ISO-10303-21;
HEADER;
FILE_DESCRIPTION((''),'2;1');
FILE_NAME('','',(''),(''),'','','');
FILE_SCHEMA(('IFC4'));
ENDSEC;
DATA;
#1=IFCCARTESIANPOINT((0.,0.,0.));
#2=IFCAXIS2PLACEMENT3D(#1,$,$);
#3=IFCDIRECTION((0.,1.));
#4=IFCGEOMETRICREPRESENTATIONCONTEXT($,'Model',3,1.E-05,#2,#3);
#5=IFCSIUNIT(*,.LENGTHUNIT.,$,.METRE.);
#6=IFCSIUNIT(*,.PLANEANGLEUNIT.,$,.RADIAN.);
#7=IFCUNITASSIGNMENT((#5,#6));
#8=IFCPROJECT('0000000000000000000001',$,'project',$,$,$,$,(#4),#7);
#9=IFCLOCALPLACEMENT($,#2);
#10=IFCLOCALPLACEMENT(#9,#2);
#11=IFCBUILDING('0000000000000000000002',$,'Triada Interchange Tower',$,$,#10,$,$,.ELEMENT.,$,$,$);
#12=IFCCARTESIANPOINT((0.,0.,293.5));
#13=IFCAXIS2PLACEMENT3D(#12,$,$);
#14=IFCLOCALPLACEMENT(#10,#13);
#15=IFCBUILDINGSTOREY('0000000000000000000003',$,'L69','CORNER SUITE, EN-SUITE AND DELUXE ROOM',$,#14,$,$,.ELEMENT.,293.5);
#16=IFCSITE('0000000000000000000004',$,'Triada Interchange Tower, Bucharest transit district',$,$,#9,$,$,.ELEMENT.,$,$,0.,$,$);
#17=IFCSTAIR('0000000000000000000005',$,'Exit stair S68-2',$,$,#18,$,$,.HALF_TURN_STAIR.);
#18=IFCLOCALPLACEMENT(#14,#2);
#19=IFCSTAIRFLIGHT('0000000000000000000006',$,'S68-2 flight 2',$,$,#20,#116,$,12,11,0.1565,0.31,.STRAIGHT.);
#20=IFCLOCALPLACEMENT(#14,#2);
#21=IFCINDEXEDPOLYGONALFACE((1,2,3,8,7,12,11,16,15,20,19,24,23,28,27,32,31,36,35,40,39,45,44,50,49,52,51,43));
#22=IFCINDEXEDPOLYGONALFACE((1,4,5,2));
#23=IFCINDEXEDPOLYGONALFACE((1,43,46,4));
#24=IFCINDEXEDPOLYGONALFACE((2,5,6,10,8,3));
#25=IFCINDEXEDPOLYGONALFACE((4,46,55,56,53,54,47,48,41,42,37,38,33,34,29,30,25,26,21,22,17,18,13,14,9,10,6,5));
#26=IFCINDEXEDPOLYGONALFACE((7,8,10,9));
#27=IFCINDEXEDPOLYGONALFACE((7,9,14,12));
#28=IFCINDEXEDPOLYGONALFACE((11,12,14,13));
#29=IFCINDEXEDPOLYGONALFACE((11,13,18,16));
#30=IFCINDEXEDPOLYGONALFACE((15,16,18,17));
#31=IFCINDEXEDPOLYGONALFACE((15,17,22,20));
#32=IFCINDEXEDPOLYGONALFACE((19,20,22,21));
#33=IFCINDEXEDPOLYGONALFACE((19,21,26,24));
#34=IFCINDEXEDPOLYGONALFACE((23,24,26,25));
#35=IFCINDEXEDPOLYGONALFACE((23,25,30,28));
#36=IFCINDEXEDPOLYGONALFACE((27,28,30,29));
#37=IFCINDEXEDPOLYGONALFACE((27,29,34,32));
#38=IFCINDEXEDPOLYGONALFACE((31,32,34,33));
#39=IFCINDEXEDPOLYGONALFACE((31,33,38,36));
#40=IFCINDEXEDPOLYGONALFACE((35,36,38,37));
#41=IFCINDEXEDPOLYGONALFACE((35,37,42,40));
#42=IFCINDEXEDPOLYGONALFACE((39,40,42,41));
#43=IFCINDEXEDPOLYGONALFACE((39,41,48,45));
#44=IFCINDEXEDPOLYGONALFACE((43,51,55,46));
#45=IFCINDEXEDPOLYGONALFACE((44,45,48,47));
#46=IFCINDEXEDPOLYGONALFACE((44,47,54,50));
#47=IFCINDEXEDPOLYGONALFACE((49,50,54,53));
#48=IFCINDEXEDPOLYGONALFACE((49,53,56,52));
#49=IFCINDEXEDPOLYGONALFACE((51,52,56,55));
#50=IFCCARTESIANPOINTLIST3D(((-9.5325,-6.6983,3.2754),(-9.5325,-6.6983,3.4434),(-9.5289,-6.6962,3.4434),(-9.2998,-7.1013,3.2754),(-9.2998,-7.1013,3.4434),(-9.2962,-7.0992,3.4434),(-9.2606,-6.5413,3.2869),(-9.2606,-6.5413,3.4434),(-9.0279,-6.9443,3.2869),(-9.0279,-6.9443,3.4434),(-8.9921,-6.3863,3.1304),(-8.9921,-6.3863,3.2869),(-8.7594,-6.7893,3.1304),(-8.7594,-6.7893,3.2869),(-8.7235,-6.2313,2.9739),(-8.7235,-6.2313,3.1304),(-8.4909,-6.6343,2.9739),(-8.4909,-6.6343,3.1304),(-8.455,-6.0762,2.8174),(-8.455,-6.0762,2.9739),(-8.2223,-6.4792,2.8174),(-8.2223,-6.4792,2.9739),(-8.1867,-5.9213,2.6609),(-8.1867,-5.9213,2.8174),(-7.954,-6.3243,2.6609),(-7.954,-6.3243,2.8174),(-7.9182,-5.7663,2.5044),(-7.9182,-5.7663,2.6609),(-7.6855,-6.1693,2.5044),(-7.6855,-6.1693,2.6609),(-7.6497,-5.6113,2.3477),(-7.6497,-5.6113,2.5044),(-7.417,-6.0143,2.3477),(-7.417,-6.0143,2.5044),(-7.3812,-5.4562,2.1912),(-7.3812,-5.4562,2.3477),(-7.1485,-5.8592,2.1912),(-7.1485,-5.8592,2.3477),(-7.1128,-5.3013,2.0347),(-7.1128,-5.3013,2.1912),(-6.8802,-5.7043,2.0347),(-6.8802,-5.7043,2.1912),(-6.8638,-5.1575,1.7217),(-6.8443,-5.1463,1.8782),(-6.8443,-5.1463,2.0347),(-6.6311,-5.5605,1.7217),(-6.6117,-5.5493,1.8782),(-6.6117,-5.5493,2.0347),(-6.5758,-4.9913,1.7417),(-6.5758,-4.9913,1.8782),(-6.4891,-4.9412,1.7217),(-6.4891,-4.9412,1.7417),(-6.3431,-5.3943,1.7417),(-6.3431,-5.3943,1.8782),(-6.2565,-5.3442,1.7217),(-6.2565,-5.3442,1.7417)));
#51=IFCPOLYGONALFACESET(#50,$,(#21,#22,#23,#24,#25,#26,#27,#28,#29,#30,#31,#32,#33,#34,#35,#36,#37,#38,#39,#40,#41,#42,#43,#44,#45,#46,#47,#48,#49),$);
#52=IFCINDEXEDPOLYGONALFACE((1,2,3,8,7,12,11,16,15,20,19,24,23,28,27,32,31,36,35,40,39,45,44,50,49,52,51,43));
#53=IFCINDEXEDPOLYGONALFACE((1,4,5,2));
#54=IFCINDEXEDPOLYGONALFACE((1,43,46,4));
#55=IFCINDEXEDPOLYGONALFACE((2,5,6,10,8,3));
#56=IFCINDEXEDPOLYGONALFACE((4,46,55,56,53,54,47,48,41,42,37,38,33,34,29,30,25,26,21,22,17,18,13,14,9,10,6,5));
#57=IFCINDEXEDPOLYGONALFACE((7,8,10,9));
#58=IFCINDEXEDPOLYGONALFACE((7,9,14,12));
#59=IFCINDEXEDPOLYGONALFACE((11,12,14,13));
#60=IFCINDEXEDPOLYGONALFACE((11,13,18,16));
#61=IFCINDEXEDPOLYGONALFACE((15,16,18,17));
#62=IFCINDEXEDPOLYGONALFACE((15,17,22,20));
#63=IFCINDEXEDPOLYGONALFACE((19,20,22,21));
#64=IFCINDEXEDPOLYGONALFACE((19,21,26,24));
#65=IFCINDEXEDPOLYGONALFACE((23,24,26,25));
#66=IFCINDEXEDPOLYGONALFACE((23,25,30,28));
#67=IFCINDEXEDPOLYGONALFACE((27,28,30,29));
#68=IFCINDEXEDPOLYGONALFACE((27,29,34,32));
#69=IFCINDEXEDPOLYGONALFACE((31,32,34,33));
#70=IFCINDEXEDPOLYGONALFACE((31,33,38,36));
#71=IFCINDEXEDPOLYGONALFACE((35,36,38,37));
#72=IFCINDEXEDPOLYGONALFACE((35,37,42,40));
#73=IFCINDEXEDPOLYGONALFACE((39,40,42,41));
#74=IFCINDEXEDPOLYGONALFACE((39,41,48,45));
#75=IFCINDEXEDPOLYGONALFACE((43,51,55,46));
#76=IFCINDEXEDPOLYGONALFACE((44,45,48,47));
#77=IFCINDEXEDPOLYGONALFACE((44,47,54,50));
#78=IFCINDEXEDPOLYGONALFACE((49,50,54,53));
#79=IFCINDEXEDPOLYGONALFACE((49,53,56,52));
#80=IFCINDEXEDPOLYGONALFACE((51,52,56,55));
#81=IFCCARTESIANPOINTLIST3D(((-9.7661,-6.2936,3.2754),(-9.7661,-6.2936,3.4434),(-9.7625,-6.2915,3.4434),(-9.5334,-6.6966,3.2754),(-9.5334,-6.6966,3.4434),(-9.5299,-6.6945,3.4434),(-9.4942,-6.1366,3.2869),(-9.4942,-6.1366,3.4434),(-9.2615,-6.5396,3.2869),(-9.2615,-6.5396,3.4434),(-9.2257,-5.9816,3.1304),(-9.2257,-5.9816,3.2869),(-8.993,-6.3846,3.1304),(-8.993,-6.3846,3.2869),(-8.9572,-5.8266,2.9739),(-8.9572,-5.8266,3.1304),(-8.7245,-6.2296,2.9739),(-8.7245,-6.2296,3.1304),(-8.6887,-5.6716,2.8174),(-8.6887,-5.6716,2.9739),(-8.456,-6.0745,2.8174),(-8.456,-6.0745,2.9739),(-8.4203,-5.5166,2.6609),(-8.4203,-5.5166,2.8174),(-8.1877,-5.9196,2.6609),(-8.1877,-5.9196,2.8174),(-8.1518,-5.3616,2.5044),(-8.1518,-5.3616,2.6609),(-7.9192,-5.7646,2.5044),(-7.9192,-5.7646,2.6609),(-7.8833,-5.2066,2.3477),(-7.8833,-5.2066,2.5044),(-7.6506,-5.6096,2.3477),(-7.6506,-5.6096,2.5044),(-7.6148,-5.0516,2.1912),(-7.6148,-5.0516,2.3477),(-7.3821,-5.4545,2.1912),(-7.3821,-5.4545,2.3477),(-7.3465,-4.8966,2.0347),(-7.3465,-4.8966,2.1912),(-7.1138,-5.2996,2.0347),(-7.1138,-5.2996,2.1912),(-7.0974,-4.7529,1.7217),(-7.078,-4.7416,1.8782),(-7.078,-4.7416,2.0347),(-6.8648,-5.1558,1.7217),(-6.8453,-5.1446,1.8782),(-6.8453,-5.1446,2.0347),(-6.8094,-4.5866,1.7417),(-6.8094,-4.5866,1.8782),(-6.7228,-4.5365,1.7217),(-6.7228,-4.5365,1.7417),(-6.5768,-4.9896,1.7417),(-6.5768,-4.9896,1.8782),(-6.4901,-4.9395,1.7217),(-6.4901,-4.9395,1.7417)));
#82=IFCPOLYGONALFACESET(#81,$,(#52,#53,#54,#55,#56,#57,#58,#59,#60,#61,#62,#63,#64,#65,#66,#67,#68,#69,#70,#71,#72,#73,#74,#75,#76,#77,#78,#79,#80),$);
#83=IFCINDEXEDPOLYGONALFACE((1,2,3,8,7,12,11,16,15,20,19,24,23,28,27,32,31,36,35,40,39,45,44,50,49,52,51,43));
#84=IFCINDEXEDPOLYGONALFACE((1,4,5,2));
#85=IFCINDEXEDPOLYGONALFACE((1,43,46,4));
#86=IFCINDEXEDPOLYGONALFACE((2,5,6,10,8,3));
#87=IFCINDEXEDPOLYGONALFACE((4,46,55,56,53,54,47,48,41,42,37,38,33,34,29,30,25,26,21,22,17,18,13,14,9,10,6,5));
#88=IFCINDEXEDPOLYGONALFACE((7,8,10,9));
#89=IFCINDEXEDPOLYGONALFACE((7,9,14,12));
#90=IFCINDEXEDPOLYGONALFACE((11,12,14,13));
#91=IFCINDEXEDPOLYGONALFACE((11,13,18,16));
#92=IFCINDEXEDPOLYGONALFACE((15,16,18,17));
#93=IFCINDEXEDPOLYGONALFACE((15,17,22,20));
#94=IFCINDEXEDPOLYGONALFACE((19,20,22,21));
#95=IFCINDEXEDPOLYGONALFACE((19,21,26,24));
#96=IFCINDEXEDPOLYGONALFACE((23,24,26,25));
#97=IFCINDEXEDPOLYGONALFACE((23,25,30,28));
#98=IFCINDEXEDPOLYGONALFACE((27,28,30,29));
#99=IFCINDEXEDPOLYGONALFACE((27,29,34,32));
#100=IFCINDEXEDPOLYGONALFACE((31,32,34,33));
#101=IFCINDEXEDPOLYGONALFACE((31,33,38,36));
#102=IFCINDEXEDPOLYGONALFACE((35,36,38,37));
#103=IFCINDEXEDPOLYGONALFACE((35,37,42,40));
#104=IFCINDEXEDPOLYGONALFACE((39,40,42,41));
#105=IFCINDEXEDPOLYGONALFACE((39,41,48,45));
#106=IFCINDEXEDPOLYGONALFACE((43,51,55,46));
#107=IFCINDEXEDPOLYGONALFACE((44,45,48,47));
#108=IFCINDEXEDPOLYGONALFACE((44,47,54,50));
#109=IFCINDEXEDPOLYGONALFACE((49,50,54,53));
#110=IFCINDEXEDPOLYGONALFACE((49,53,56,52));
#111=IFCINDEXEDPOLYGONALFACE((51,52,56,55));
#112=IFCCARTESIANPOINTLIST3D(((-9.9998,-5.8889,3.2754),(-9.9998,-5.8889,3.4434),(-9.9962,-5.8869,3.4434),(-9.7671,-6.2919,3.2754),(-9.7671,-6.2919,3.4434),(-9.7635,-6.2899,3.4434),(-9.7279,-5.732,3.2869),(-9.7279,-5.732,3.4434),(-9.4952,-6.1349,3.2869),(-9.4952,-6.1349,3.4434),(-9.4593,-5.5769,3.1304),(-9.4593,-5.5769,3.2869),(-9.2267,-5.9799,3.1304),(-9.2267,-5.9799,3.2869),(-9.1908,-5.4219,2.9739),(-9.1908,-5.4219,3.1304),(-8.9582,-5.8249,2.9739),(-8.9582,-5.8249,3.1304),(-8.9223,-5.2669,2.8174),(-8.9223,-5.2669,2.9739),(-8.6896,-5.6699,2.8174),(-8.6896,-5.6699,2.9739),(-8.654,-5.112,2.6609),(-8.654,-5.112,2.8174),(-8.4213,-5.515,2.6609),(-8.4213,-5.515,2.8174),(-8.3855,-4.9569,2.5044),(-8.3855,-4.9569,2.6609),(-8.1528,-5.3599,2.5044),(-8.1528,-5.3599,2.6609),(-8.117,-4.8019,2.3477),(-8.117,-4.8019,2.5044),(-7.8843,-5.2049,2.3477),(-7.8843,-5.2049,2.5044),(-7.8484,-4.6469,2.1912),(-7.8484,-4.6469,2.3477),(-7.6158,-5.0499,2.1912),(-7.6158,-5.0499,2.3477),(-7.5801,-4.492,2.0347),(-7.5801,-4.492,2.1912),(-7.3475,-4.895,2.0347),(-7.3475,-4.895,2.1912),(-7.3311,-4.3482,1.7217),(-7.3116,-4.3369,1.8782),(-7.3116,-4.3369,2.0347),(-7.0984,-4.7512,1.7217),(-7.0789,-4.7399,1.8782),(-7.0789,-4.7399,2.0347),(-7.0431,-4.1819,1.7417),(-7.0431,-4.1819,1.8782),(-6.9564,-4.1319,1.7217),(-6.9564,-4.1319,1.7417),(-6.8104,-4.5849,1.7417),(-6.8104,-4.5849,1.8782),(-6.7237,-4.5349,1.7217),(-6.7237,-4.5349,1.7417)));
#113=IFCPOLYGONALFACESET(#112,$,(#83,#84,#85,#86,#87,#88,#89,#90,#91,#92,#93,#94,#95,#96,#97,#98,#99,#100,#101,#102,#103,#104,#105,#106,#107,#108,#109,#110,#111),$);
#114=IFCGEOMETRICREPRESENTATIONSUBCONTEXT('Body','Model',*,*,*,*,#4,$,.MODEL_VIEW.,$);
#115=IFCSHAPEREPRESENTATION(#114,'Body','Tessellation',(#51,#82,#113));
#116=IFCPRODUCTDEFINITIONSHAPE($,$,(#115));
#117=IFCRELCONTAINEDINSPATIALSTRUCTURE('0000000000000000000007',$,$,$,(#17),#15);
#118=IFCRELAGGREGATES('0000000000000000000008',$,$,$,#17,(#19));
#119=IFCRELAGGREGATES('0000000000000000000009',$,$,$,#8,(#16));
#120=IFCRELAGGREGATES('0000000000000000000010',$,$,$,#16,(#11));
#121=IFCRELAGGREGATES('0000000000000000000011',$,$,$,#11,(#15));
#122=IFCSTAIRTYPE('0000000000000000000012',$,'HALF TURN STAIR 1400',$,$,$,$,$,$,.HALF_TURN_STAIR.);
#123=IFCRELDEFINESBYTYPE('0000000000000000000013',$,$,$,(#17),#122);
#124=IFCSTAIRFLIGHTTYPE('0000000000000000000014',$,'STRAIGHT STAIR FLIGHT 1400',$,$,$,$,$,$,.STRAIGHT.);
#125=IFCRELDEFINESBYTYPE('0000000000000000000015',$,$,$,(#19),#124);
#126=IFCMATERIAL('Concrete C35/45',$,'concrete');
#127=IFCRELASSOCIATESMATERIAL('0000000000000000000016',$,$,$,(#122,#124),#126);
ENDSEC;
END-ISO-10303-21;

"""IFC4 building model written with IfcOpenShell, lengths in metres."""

from ifc_helpers import new_model, si_unit, direction, frame, origin, place, context, subcontext, project, spatial, polyline, outline, extrude, material, type_object, element, aggregate, save


model = new_model("IFC4")

# Units and contexts
model_context = context("Model", 3, precision=1e-05, world=origin(), true_north=direction((0.0, 1.0)))
body_context = subcontext(model_context, "Body", "Model", "MODEL_VIEW")
ifc_project = project(units=[si_unit("LENGTHUNIT", "METRE"), si_unit("PLANEANGLEUNIT", "RADIAN")], contexts=[model_context])

# Site, building, storey
site_placement = place(None, origin())
site = spatial("IfcSite", under=ifc_project, at=site_placement, Name="Triada Interchange Tower, Bucharest transit district", CompositionType="ELEMENT", RefElevation=0.0)
building_placement = place(site_placement, origin())
building = spatial("IfcBuilding", under=site, at=building_placement, Name="Triada Interchange Tower", CompositionType="ELEMENT")
storey_placement = place(building_placement, frame((0.0, 0.0, 293.5)))
storey = spatial("IfcBuildingStorey", under=building, at=storey_placement, Name="L69", Description="CORNER SUITE, EN-SUITE AND DELUXE ROOM", CompositionType="ELEMENT", Elevation=293.5)

# Stair, stair flight
ifc_material_1 = material(Name="Concrete C35/45", Category="concrete")
stair_type = type_object("IfcStairType", Name="HALF TURN STAIR 1400", PredefinedType="HALF_TURN_STAIR", material=ifc_material_1)
stair_placement = place(storey_placement, origin())
stair = element("IfcStair", 1, at=stair_placement, inside=storey, type_object=stair_type, Name="Exit stair S68-2", PredefinedType="HALF_TURN_STAIR")
stair_flight_type = type_object("IfcStairFlightType", Name="STRAIGHT STAIR FLIGHT 1400", PredefinedType="STRAIGHT", material=ifc_material_1)
stair_flight_1_placement = place(storey_placement, frame((-6.6931, -4.7881, 1.7217), z_axis=(0.0, 0.0, 1.0), x_axis=(-0.866025, -0.5, 0.0)))
stair_flight_1 = element("IfcStairFlight", 2, at=stair_flight_1_placement, type_object=stair_flight_type, Name="S68-2 flight 2", NumberOfRisers=12, NumberOfTreads=11, PredefinedType="STRAIGHT", RiserHeight=0.1565, TreadLength=0.31, context=body_context, shape_type="SweptSolid", body=[
    extrude(outline(polyline([(-0.1001, 0.0), (-0.1001, 0.02), (0.0, 0.02), (0.0, 0.1565), (0.3101, 0.1565), (0.3101, 0.313), (0.6201, 0.313), (0.6201, 0.4695), (0.9299, 0.4695), (0.9299, 0.626), (1.24, 0.626), (1.24, 0.7827), (1.55, 0.7827), (1.55, 0.9392), (1.8601, 0.9392), (1.8601, 1.0957), (2.1699, 1.0957), (2.1699, 1.2522), (2.48, 1.2522), (2.48, 1.4087), (2.79, 1.4087), (2.79, 1.5652), (3.1001, 1.5652), (3.1001, 1.7217), (3.4099, 1.7217), (3.4141, 1.7217), (3.4141, 1.8782), (3.4141, 1.5537), (0.3325, 0.0), (-0.1001, 0.0)])), frame((0.0, 0.7, 0.0), z_axis=(0.0, -1.0, 0.0), x_axis=(1.0, 0.0, 0.0)), (0.0, 0.0, 1.0), 0.4653),
    extrude(outline(polyline([(-0.1001, 0.0), (-0.1001, 0.02), (0.0, 0.02), (0.0, 0.1565), (0.3101, 0.1565), (0.3101, 0.313), (0.6201, 0.313), (0.6201, 0.4695), (0.9299, 0.4695), (0.9299, 0.626), (1.24, 0.626), (1.24, 0.7827), (1.55, 0.7827), (1.55, 0.9392), (1.8601, 0.9392), (1.8601, 1.0957), (2.1699, 1.0957), (2.1699, 1.2522), (2.48, 1.2522), (2.48, 1.4087), (2.79, 1.4087), (2.79, 1.5652), (3.1001, 1.5652), (3.1001, 1.7217), (3.4099, 1.7217), (3.4141, 1.7217), (3.4141, 1.8782), (3.4141, 1.5537), (0.3325, 0.0), (-0.1001, 0.0)])), frame((0.0, 0.2327, 0.0), z_axis=(0.0, -1.0, 0.0), x_axis=(1.0, 0.0, 0.0)), (0.0, 0.0, 1.0), 0.4653),
    extrude(outline(polyline([(-0.1001, 0.0), (-0.1001, 0.02), (0.0, 0.02), (0.0, 0.1565), (0.3101, 0.1565), (0.3101, 0.313), (0.6201, 0.313), (0.6201, 0.4695), (0.9299, 0.4695), (0.9299, 0.626), (1.24, 0.626), (1.24, 0.7827), (1.55, 0.7827), (1.55, 0.9392), (1.8601, 0.9392), (1.8601, 1.0957), (2.1699, 1.0957), (2.1699, 1.2522), (2.48, 1.2522), (2.48, 1.4087), (2.79, 1.4087), (2.79, 1.5652), (3.1001, 1.5652), (3.1001, 1.7217), (3.4099, 1.7217), (3.4141, 1.7217), (3.4141, 1.8782), (3.4141, 1.5537), (0.3325, 0.0), (-0.1001, 0.0)])), frame((0.0, -0.2346, 0.0), z_axis=(0.0, -1.0, 0.0), x_axis=(1.0, 0.0, 0.0)), (0.0, 0.0, 1.0), 0.4653),
])
aggregate(stair, [stair_flight_1])

save(model, "model.ifc")
